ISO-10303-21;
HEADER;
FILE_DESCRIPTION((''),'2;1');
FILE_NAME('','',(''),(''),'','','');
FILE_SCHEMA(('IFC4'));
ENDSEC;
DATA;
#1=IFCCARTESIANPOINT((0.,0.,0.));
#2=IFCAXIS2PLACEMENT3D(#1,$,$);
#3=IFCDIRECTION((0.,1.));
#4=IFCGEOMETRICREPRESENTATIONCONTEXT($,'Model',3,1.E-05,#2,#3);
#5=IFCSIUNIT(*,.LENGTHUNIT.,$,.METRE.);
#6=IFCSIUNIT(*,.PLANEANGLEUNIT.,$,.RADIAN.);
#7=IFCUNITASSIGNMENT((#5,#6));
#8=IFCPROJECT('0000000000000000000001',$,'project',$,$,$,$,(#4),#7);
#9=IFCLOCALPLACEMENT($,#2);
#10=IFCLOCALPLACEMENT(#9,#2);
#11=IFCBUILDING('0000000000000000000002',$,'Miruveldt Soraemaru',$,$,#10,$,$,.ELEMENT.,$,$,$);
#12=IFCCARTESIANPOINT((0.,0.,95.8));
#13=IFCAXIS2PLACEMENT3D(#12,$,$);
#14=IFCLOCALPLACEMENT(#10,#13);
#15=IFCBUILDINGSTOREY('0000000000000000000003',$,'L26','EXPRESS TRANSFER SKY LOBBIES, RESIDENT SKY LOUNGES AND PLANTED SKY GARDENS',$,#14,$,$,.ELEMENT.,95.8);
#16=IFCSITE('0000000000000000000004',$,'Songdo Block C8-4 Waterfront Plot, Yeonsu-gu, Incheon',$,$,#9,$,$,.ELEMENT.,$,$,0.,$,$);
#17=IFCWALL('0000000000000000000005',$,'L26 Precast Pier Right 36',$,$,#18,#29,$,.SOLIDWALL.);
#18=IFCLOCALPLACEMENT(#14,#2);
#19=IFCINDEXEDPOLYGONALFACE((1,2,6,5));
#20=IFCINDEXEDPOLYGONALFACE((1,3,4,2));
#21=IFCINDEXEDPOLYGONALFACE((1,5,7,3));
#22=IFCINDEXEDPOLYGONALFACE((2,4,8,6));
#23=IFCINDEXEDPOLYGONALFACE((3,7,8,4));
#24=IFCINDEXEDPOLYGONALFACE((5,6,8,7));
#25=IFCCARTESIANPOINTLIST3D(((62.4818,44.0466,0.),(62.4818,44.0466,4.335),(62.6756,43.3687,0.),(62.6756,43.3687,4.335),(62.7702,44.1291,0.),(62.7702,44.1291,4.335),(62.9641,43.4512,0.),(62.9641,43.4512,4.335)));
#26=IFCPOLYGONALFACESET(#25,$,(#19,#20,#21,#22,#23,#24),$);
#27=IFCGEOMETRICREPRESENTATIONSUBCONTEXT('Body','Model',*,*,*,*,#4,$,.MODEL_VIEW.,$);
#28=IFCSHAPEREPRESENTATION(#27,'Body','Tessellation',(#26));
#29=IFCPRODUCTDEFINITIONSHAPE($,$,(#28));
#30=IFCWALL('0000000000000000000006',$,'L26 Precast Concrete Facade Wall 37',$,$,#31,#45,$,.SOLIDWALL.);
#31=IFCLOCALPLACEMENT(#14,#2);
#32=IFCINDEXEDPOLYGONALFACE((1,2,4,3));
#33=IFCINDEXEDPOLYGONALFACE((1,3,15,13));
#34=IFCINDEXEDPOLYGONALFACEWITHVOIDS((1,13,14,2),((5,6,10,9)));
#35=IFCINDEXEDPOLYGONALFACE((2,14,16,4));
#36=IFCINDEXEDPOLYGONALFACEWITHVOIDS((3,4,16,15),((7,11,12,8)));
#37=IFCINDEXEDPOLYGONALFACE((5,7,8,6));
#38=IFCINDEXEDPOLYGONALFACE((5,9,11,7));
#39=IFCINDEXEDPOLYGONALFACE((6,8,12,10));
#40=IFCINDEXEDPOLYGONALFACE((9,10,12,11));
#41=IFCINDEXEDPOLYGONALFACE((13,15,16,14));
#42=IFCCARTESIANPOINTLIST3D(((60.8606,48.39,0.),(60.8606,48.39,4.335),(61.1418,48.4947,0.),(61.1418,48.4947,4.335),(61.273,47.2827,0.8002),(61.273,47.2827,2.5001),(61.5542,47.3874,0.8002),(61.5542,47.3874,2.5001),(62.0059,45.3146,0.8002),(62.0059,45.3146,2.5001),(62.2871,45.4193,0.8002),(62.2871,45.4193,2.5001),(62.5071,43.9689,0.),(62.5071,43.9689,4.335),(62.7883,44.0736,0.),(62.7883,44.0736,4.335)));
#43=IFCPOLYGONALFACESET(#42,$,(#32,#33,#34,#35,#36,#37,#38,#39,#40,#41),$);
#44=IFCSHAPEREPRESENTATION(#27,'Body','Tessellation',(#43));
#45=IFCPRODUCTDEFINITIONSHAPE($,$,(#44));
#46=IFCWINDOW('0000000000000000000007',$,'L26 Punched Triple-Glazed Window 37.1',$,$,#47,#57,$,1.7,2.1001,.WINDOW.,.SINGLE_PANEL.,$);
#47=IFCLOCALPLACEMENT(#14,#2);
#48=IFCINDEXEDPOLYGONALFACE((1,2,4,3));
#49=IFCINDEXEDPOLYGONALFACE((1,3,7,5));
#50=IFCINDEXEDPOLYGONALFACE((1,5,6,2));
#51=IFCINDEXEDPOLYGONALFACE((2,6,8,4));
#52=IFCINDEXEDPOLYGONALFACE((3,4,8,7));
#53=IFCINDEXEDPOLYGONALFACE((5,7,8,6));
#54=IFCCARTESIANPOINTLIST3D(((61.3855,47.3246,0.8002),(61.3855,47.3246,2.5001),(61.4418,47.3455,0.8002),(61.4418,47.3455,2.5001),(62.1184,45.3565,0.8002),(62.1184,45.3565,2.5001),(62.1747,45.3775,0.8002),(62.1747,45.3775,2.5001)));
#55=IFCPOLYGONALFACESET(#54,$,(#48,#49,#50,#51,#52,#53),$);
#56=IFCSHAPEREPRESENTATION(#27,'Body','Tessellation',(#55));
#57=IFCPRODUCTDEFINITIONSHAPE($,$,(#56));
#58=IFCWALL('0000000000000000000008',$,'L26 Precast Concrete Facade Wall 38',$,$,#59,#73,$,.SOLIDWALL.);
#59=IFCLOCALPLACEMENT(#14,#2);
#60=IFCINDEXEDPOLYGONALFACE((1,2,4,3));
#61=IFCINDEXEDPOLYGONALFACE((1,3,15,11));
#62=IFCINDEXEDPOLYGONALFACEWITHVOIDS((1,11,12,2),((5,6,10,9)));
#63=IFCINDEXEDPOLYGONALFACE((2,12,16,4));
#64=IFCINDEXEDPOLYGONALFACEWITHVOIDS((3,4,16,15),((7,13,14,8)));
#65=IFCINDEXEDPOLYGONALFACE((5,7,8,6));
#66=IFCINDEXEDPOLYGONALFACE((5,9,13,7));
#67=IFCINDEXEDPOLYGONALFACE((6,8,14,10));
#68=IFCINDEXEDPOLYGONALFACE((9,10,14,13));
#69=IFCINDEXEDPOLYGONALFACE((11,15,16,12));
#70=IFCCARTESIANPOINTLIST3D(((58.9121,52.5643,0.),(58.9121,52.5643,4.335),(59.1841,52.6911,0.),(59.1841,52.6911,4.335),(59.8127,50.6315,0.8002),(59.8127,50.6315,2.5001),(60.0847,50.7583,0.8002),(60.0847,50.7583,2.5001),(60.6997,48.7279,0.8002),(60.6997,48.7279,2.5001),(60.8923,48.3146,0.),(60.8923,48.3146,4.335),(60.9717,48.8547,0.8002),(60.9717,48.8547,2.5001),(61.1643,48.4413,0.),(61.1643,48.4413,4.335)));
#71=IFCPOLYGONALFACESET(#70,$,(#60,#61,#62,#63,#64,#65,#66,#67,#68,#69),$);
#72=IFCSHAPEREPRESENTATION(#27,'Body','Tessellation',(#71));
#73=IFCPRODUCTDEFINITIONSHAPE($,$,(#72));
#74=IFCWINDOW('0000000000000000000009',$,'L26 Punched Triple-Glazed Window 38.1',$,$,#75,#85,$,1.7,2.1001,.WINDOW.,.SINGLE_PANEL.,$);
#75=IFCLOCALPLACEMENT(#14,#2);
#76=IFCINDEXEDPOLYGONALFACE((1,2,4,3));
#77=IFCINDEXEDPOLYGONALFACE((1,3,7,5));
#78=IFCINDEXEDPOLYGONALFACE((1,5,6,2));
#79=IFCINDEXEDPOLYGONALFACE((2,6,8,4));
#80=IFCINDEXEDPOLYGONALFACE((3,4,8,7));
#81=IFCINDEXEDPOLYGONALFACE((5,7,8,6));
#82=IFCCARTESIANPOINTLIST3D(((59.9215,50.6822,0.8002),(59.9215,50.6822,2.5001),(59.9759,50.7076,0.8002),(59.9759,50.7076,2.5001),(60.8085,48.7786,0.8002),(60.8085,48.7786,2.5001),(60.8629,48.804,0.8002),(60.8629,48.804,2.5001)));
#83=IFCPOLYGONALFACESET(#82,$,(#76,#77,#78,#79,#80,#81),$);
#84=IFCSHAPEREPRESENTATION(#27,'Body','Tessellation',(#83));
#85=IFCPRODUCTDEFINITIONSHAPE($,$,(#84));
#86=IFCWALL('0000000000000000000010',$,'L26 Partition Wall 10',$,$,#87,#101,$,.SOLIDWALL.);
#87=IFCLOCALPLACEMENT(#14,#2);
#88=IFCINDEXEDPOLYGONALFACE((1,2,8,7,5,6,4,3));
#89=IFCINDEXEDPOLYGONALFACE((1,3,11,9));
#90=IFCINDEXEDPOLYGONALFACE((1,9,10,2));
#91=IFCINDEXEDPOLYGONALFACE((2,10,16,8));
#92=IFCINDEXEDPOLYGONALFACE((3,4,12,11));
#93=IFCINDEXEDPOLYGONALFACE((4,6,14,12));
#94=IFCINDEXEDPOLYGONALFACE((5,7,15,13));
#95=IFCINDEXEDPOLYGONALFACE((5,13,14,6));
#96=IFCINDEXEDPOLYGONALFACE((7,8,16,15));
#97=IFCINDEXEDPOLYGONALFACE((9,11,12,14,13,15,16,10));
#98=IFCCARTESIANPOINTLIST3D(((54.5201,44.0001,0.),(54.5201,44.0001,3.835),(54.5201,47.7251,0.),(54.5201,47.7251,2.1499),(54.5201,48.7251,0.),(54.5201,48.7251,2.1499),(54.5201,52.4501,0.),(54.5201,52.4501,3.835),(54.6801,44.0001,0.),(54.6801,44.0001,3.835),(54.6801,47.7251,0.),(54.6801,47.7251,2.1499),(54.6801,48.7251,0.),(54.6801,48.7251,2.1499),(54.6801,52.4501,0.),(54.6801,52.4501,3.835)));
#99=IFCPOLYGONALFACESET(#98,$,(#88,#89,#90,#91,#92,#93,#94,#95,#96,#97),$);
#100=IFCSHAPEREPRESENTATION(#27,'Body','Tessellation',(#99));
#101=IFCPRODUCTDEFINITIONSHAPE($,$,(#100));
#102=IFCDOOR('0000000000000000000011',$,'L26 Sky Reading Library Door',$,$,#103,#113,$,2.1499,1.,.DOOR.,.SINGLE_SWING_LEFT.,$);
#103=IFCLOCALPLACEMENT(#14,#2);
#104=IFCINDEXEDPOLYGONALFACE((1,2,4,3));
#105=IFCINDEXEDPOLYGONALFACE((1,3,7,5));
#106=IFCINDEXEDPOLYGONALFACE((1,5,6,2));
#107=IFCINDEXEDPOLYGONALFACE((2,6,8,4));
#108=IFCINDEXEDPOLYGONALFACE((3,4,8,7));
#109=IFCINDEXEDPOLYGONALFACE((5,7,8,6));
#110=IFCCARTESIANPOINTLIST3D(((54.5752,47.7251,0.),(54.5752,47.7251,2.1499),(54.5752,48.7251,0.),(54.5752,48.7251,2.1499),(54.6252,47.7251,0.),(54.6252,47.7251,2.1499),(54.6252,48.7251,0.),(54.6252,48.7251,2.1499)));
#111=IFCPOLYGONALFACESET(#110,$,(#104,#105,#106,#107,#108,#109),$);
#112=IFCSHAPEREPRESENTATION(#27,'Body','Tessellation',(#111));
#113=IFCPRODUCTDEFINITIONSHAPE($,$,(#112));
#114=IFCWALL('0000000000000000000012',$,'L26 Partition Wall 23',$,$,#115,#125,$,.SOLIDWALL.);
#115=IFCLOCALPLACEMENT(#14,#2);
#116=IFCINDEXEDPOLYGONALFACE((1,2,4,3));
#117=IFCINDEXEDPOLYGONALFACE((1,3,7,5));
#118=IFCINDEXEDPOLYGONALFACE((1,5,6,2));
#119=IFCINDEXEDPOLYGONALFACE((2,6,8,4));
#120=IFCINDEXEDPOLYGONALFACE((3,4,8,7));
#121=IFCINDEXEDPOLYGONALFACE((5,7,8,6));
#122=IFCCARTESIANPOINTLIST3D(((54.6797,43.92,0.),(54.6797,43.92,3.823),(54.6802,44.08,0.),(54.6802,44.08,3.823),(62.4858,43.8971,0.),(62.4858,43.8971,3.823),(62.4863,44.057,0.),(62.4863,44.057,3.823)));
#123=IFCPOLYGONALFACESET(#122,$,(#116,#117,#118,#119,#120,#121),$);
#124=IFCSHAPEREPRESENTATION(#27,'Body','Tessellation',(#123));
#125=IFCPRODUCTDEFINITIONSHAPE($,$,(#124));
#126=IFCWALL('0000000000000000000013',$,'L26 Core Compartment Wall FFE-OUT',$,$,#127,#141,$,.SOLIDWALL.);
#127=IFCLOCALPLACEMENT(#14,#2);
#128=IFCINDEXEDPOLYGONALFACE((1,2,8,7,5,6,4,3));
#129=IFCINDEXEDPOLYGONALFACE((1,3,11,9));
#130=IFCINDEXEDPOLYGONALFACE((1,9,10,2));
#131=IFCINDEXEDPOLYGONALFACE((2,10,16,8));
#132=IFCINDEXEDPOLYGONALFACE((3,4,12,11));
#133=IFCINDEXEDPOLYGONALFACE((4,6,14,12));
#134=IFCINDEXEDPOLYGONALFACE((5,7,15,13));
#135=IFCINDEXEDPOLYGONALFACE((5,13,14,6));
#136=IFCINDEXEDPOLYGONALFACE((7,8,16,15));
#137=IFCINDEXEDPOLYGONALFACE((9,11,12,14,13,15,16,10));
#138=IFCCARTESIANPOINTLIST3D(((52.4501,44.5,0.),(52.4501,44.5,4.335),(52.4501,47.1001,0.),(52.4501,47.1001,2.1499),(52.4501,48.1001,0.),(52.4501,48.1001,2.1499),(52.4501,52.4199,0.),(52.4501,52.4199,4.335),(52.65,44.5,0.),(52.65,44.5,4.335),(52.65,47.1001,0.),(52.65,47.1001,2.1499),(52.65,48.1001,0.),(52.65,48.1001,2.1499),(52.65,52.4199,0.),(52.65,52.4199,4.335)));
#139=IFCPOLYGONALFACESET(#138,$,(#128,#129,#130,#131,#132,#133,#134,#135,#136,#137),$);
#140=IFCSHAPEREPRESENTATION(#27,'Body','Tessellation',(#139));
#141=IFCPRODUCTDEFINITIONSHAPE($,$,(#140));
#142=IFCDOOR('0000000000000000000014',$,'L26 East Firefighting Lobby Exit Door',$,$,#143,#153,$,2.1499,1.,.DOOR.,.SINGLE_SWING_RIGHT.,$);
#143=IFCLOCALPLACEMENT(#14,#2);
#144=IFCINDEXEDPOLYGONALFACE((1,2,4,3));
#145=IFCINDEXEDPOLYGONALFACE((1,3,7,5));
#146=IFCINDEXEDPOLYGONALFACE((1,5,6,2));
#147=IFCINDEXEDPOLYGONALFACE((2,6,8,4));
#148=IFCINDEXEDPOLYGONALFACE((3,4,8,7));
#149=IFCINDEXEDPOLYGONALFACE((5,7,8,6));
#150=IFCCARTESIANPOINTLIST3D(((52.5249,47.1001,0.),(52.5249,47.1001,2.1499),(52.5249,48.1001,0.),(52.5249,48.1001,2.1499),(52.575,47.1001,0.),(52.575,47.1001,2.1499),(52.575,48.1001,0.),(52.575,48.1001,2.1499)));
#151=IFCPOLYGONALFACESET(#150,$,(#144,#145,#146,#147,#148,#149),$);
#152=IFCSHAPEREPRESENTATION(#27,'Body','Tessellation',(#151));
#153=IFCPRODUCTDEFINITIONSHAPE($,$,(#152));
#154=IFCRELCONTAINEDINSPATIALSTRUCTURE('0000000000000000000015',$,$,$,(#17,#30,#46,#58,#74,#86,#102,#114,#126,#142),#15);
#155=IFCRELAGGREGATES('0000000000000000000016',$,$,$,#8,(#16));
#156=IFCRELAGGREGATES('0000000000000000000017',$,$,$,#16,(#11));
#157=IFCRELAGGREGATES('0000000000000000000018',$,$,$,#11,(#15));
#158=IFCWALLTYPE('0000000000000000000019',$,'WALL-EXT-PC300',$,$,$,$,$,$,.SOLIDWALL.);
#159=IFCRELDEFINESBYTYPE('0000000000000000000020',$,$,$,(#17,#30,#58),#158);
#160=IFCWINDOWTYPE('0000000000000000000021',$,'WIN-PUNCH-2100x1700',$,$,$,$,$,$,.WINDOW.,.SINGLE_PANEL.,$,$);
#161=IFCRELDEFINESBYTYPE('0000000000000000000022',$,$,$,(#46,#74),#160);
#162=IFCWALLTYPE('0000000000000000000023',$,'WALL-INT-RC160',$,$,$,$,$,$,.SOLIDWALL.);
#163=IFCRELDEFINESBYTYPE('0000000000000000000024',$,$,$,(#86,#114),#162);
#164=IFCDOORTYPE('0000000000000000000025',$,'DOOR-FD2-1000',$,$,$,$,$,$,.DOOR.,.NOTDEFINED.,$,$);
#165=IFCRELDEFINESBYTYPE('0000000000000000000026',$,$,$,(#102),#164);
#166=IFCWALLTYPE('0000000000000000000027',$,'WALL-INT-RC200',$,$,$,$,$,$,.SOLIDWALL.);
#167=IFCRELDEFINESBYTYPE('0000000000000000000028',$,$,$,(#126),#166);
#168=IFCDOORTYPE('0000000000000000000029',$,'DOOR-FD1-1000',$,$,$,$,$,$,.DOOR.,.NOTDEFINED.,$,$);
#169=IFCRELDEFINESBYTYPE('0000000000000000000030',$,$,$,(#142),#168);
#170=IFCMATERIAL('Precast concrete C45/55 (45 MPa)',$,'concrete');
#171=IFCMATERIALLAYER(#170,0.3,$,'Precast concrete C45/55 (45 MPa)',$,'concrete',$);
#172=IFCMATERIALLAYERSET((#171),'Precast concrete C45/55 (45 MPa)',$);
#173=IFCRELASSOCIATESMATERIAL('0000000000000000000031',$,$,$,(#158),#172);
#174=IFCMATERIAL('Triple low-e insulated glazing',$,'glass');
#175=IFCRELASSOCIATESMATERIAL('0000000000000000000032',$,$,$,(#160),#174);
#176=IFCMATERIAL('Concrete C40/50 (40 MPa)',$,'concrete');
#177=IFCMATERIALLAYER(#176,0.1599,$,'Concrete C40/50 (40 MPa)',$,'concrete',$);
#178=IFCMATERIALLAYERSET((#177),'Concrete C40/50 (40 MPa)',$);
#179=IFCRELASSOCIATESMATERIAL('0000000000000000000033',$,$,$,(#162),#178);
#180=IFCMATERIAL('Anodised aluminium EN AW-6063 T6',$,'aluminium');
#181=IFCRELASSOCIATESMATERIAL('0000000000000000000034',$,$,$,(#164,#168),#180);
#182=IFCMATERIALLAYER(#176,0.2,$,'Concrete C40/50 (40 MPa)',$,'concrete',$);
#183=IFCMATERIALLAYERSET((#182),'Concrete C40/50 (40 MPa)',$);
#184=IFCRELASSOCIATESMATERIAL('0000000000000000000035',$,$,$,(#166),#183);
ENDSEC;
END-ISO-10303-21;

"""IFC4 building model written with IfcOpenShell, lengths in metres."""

from ifc_helpers import new_model, si_unit, direction, frame, frame_2d, origin, place, context, subcontext, project, spatial, rectangle, extrude, material, layer, layer_set, type_object, element, fill, save


model = new_model("IFC4")

# Units and contexts
model_context = context("Model", 3, precision=1e-05, world=origin(), true_north=direction((0.0, 1.0)))
body_context = subcontext(model_context, "Body", "Model", "MODEL_VIEW")
ifc_project = project(units=[si_unit("LENGTHUNIT", "METRE"), si_unit("PLANEANGLEUNIT", "RADIAN")], contexts=[model_context])

# Site, building, storey
site_placement = place(None, origin())
site = spatial("IfcSite", under=ifc_project, at=site_placement, Name="Songdo Block C8-4 Waterfront Plot, Yeonsu-gu, Incheon", CompositionType="ELEMENT", RefElevation=0.0)
building_placement = place(site_placement, origin())
building = spatial("IfcBuilding", under=site, at=building_placement, Name="Miruveldt Soraemaru", CompositionType="ELEMENT")
storey_placement = place(building_placement, frame((0.0, 0.0, 95.8)))
storey = spatial("IfcBuildingStorey", under=building, at=storey_placement, Name="L26", Description="EXPRESS TRANSFER SKY LOBBIES, RESIDENT SKY LOUNGES AND PLANTED SKY GARDENS", CompositionType="ELEMENT", Elevation=95.8)

# Shared definitions
ifc_material_1 = material(Name="Anodised aluminium EN AW-6063 T6", Category="aluminium")

# Wall
ifc_material_2 = material(Name="Precast concrete C45/55 (45 MPa)", Category="concrete")
ifc_layer_1 = layer(ifc_material_2, 0.3, Name="Precast concrete C45/55 (45 MPa)", Category="concrete")
ifc_layer_set_1 = layer_set([ifc_layer_1], Name="Precast concrete C45/55 (45 MPa)")
wall_type_1 = type_object("IfcWallType", Name="WALL-EXT-PC300", PredefinedType="SOLIDWALL", material=ifc_layer_set_1)
wall_1_placement = place(storey_placement, frame((62.8198, 43.4099, 0.0), z_axis=(0.0, 0.0, 1.0), x_axis=(-0.274904, 0.961472, 0.0)))
element("IfcWall", 1, at=wall_1_placement, inside=storey, type_object=wall_type_1, Name="L26 Precast Pier Right 36", PredefinedType="SOLIDWALL", context=body_context, shape_type="SweptSolid", body=[
    extrude(rectangle(XDim=0.7051, YDim=0.3, at=frame_2d((0.3525, 0.0))), origin(), (0.0, 0.0, 1.0), 4.335),
])

# Walls, openings, windows
wall_2_placement = place(storey_placement, frame((62.6477, 44.0212, 0.0), z_axis=(0.0, 0.0, 1.0), x_axis=(-0.348996, 0.937124, 0.0)))
wall_2 = element("IfcWall", 2, at=wall_2_placement, inside=storey, type_object=wall_type_1, Name="L26 Precast Concrete Facade Wall 37", PredefinedType="SOLIDWALL", context=body_context, shape_type="SweptSolid", body=[
    extrude(rectangle(XDim=4.7178, YDim=0.3, at=frame_2d((2.3589, 0.0))), origin(), (0.0, 0.0, 1.0), 4.335),
])
opening_1_placement = place(wall_2_placement, frame((1.436, 0.0, 0.8)))
opening_1 = element("IfcOpeningElement", 3, at=opening_1_placement, cuts=wall_2, PredefinedType="OPENING", context=body_context, shape_type="SweptSolid", body=[
    extrude(rectangle(XDim=2.1001, YDim=1.7, at=frame_2d((1.05, 0.8501))), frame((0.0, 0.1602, 0.0), z_axis=(0.0, -1.0, 0.0), x_axis=(1.0, 0.0, 0.0)), (0.0, 0.0, 1.0), 0.3201),
])
ifc_material_3 = material(Name="Triple low-e insulated glazing", Category="glass")
window_type = type_object("IfcWindowType", Name="WIN-PUNCH-2100x1700", PartitioningType="SINGLE_PANEL", PredefinedType="WINDOW", material=ifc_material_3)
window_1_placement = place(opening_1_placement, origin())
window_1 = element("IfcWindow", 4, at=window_1_placement, inside=storey, type_object=window_type, Name="L26 Punched Triple-Glazed Window 37.1", OverallHeight=1.7, OverallWidth=2.1001, PartitioningType="SINGLE_PANEL", PredefinedType="WINDOW", context=body_context, shape_type="SweptSolid", body=[
    extrude(rectangle(XDim=2.1001, YDim=1.7, at=frame_2d((1.05, 0.8501))), frame((0.0, 0.03, 0.0), z_axis=(0.0, -1.0, 0.0), x_axis=(1.0, 0.0, 0.0)), (0.0, 0.0, 1.0), 0.0601),
])
fill(opening_1, window_1)
wall_3_placement = place(storey_placement, frame((61.0283, 48.3779, 0.0), z_axis=(0.0, 0.0, 1.0), x_axis=(-0.422361, 0.906428, 0.0)))
wall_3 = element("IfcWall", 5, at=wall_3_placement, inside=storey, type_object=wall_type_1, Name="L26 Precast Concrete Facade Wall 38", PredefinedType="SOLIDWALL", context=body_context, shape_type="SweptSolid", body=[
    extrude(rectangle(XDim=4.6885, YDim=0.3, at=frame_2d((2.3442, 0.0))), origin(), (0.0, 0.0, 1.0), 4.335),
])
opening_2_placement = place(wall_3_placement, frame((0.4561, 0.0, 0.8)))
opening_2 = element("IfcOpeningElement", 6, at=opening_2_placement, cuts=wall_3, PredefinedType="OPENING", context=body_context, shape_type="SweptSolid", body=[
    extrude(rectangle(XDim=2.1001, YDim=1.7, at=frame_2d((1.05, 0.8501))), frame((0.0, 0.1602, 0.0), z_axis=(0.0, -1.0, 0.0), x_axis=(1.0, 0.0, 0.0)), (0.0, 0.0, 1.0), 0.3201),
])
window_2_placement = place(opening_2_placement, origin())
window_2 = element("IfcWindow", 7, at=window_2_placement, inside=storey, type_object=window_type, Name="L26 Punched Triple-Glazed Window 38.1", OverallHeight=1.7, OverallWidth=2.1001, PartitioningType="SINGLE_PANEL", PredefinedType="WINDOW", context=body_context, shape_type="SweptSolid", body=[
    extrude(rectangle(XDim=2.1001, YDim=1.7, at=frame_2d((1.05, 0.8501))), frame((0.0, 0.03, 0.0), z_axis=(0.0, -1.0, 0.0), x_axis=(1.0, 0.0, 0.0)), (0.0, 0.0, 1.0), 0.0601),
])
fill(opening_2, window_2)

# Wall, opening, door
ifc_material_4 = material(Name="Concrete C40/50 (40 MPa)", Category="concrete")
ifc_layer_2 = layer(ifc_material_4, 0.1599, Name="Concrete C40/50 (40 MPa)", Category="concrete")
ifc_layer_set_2 = layer_set([ifc_layer_2], Name="Concrete C40/50 (40 MPa)")
wall_type_2 = type_object("IfcWallType", Name="WALL-INT-RC160", PredefinedType="SOLIDWALL", material=ifc_layer_set_2)
wall_4_placement = place(storey_placement, frame((54.6001, 44.0, 0.0), z_axis=(0.0, 0.0, 1.0), x_axis=(0.0, 1.0, 0.0)))
wall_4 = element("IfcWall", 8, at=wall_4_placement, inside=storey, type_object=wall_type_2, Name="L26 Partition Wall 10", PredefinedType="SOLIDWALL", context=body_context, shape_type="SweptSolid", body=[
    extrude(rectangle(XDim=8.45, YDim=0.1599, at=frame_2d((4.2251, 0.0))), origin(), (0.0, 0.0, 1.0), 3.835),
])
opening_3_placement = place(wall_4_placement, frame((3.7251, 0.0, 0.0)))
opening_3 = element("IfcOpeningElement", 9, at=opening_3_placement, cuts=wall_4, PredefinedType="OPENING", context=body_context, shape_type="SweptSolid", body=[
    extrude(rectangle(XDim=1.0, YDim=2.1499, at=frame_2d((0.5, 1.075))), frame((0.0, 0.0898, 0.0), z_axis=(0.0, -1.0, 0.0), x_axis=(1.0, 0.0, 0.0)), (0.0, 0.0, 1.0), 0.1799),
])
door_type_1 = type_object("IfcDoorType", Name="DOOR-FD2-1000", OperationType="NOTDEFINED", PredefinedType="DOOR", material=ifc_material_1)
door_1_placement = place(opening_3_placement, origin())
door_1 = element("IfcDoor", 10, at=door_1_placement, inside=storey, type_object=door_type_1, Name="L26 Sky Reading Library Door", OperationType="SINGLE_SWING_LEFT", OverallHeight=2.1499, OverallWidth=1.0, PredefinedType="DOOR", context=body_context, shape_type="SweptSolid", body=[
    extrude(rectangle(XDim=1.0, YDim=2.1499, at=frame_2d((0.5, 1.075))), frame((0.0, 0.0249, 0.0), z_axis=(0.0, -1.0, 0.0), x_axis=(1.0, 0.0, 0.0)), (0.0, 0.0, 1.0), 0.05),
])
fill(opening_3, door_1)

# Wall
wall_5_placement = place(storey_placement, frame((62.4861, 43.9771, 0.0), z_axis=(0.0, 0.0, 1.0), x_axis=(-0.999996, 0.00294, 0.0)))
element("IfcWall", 11, at=wall_5_placement, inside=storey, type_object=wall_type_2, Name="L26 Partition Wall 23", PredefinedType="SOLIDWALL", context=body_context, shape_type="SweptSolid", body=[
    extrude(rectangle(XDim=7.8062, YDim=0.1599, at=frame_2d((3.9031, 0.0))), origin(), (0.0, 0.0, 1.0), 3.823),
])

# Wall, opening, door
ifc_layer_3 = layer(ifc_material_4, 0.2, Name="Concrete C40/50 (40 MPa)", Category="concrete")
ifc_layer_set_3 = layer_set([ifc_layer_3], Name="Concrete C40/50 (40 MPa)")
wall_type_3 = type_object("IfcWallType", Name="WALL-INT-RC200", PredefinedType="SOLIDWALL", material=ifc_layer_set_3)
wall_6_placement = place(storey_placement, frame((52.55, 44.5, 0.0), z_axis=(0.0, 0.0, 1.0), x_axis=(0.0, 1.0, 0.0)))
wall_6 = element("IfcWall", 12, at=wall_6_placement, inside=storey, type_object=wall_type_3, Name="L26 Core Compartment Wall FFE-OUT", PredefinedType="SOLIDWALL", context=body_context, shape_type="SweptSolid", body=[
    extrude(rectangle(XDim=7.9199, YDim=0.2, at=frame_2d((3.96, 0.0))), origin(), (0.0, 0.0, 1.0), 4.335),
])
opening_4_placement = place(wall_6_placement, frame((2.6001, 0.0, 0.0)))
opening_4 = element("IfcOpeningElement", 13, at=opening_4_placement, cuts=wall_6, PredefinedType="OPENING", context=body_context, shape_type="SweptSolid", body=[
    extrude(rectangle(XDim=1.0, YDim=2.1499, at=frame_2d((0.5, 1.075))), frame((0.0, 0.1099, 0.0), z_axis=(0.0, -1.0, 0.0), x_axis=(1.0, 0.0, 0.0)), (0.0, 0.0, 1.0), 0.22),
])
door_type_2 = type_object("IfcDoorType", Name="DOOR-FD1-1000", OperationType="NOTDEFINED", PredefinedType="DOOR", material=ifc_material_1)
door_2_placement = place(opening_4_placement, frame((1.0, 0.0, 0.0), z_axis=(0.0, 0.0, 1.0), x_axis=(-1.0, 0.0, 0.0)))
door_2 = element("IfcDoor", 14, at=door_2_placement, inside=storey, type_object=door_type_2, Name="L26 East Firefighting Lobby Exit Door", OperationType="SINGLE_SWING_RIGHT", OverallHeight=2.1499, OverallWidth=1.0, PredefinedType="DOOR", context=body_context, shape_type="SweptSolid", body=[
    extrude(rectangle(XDim=1.0, YDim=2.1499, at=frame_2d((0.5, 1.075))), frame((0.0, 0.0249, 0.0), z_axis=(0.0, -1.0, 0.0), x_axis=(1.0, 0.0, 0.0)), (0.0, 0.0, 1.0), 0.05),
])
fill(opening_4, door_2)

save(model, "model.ifc")
